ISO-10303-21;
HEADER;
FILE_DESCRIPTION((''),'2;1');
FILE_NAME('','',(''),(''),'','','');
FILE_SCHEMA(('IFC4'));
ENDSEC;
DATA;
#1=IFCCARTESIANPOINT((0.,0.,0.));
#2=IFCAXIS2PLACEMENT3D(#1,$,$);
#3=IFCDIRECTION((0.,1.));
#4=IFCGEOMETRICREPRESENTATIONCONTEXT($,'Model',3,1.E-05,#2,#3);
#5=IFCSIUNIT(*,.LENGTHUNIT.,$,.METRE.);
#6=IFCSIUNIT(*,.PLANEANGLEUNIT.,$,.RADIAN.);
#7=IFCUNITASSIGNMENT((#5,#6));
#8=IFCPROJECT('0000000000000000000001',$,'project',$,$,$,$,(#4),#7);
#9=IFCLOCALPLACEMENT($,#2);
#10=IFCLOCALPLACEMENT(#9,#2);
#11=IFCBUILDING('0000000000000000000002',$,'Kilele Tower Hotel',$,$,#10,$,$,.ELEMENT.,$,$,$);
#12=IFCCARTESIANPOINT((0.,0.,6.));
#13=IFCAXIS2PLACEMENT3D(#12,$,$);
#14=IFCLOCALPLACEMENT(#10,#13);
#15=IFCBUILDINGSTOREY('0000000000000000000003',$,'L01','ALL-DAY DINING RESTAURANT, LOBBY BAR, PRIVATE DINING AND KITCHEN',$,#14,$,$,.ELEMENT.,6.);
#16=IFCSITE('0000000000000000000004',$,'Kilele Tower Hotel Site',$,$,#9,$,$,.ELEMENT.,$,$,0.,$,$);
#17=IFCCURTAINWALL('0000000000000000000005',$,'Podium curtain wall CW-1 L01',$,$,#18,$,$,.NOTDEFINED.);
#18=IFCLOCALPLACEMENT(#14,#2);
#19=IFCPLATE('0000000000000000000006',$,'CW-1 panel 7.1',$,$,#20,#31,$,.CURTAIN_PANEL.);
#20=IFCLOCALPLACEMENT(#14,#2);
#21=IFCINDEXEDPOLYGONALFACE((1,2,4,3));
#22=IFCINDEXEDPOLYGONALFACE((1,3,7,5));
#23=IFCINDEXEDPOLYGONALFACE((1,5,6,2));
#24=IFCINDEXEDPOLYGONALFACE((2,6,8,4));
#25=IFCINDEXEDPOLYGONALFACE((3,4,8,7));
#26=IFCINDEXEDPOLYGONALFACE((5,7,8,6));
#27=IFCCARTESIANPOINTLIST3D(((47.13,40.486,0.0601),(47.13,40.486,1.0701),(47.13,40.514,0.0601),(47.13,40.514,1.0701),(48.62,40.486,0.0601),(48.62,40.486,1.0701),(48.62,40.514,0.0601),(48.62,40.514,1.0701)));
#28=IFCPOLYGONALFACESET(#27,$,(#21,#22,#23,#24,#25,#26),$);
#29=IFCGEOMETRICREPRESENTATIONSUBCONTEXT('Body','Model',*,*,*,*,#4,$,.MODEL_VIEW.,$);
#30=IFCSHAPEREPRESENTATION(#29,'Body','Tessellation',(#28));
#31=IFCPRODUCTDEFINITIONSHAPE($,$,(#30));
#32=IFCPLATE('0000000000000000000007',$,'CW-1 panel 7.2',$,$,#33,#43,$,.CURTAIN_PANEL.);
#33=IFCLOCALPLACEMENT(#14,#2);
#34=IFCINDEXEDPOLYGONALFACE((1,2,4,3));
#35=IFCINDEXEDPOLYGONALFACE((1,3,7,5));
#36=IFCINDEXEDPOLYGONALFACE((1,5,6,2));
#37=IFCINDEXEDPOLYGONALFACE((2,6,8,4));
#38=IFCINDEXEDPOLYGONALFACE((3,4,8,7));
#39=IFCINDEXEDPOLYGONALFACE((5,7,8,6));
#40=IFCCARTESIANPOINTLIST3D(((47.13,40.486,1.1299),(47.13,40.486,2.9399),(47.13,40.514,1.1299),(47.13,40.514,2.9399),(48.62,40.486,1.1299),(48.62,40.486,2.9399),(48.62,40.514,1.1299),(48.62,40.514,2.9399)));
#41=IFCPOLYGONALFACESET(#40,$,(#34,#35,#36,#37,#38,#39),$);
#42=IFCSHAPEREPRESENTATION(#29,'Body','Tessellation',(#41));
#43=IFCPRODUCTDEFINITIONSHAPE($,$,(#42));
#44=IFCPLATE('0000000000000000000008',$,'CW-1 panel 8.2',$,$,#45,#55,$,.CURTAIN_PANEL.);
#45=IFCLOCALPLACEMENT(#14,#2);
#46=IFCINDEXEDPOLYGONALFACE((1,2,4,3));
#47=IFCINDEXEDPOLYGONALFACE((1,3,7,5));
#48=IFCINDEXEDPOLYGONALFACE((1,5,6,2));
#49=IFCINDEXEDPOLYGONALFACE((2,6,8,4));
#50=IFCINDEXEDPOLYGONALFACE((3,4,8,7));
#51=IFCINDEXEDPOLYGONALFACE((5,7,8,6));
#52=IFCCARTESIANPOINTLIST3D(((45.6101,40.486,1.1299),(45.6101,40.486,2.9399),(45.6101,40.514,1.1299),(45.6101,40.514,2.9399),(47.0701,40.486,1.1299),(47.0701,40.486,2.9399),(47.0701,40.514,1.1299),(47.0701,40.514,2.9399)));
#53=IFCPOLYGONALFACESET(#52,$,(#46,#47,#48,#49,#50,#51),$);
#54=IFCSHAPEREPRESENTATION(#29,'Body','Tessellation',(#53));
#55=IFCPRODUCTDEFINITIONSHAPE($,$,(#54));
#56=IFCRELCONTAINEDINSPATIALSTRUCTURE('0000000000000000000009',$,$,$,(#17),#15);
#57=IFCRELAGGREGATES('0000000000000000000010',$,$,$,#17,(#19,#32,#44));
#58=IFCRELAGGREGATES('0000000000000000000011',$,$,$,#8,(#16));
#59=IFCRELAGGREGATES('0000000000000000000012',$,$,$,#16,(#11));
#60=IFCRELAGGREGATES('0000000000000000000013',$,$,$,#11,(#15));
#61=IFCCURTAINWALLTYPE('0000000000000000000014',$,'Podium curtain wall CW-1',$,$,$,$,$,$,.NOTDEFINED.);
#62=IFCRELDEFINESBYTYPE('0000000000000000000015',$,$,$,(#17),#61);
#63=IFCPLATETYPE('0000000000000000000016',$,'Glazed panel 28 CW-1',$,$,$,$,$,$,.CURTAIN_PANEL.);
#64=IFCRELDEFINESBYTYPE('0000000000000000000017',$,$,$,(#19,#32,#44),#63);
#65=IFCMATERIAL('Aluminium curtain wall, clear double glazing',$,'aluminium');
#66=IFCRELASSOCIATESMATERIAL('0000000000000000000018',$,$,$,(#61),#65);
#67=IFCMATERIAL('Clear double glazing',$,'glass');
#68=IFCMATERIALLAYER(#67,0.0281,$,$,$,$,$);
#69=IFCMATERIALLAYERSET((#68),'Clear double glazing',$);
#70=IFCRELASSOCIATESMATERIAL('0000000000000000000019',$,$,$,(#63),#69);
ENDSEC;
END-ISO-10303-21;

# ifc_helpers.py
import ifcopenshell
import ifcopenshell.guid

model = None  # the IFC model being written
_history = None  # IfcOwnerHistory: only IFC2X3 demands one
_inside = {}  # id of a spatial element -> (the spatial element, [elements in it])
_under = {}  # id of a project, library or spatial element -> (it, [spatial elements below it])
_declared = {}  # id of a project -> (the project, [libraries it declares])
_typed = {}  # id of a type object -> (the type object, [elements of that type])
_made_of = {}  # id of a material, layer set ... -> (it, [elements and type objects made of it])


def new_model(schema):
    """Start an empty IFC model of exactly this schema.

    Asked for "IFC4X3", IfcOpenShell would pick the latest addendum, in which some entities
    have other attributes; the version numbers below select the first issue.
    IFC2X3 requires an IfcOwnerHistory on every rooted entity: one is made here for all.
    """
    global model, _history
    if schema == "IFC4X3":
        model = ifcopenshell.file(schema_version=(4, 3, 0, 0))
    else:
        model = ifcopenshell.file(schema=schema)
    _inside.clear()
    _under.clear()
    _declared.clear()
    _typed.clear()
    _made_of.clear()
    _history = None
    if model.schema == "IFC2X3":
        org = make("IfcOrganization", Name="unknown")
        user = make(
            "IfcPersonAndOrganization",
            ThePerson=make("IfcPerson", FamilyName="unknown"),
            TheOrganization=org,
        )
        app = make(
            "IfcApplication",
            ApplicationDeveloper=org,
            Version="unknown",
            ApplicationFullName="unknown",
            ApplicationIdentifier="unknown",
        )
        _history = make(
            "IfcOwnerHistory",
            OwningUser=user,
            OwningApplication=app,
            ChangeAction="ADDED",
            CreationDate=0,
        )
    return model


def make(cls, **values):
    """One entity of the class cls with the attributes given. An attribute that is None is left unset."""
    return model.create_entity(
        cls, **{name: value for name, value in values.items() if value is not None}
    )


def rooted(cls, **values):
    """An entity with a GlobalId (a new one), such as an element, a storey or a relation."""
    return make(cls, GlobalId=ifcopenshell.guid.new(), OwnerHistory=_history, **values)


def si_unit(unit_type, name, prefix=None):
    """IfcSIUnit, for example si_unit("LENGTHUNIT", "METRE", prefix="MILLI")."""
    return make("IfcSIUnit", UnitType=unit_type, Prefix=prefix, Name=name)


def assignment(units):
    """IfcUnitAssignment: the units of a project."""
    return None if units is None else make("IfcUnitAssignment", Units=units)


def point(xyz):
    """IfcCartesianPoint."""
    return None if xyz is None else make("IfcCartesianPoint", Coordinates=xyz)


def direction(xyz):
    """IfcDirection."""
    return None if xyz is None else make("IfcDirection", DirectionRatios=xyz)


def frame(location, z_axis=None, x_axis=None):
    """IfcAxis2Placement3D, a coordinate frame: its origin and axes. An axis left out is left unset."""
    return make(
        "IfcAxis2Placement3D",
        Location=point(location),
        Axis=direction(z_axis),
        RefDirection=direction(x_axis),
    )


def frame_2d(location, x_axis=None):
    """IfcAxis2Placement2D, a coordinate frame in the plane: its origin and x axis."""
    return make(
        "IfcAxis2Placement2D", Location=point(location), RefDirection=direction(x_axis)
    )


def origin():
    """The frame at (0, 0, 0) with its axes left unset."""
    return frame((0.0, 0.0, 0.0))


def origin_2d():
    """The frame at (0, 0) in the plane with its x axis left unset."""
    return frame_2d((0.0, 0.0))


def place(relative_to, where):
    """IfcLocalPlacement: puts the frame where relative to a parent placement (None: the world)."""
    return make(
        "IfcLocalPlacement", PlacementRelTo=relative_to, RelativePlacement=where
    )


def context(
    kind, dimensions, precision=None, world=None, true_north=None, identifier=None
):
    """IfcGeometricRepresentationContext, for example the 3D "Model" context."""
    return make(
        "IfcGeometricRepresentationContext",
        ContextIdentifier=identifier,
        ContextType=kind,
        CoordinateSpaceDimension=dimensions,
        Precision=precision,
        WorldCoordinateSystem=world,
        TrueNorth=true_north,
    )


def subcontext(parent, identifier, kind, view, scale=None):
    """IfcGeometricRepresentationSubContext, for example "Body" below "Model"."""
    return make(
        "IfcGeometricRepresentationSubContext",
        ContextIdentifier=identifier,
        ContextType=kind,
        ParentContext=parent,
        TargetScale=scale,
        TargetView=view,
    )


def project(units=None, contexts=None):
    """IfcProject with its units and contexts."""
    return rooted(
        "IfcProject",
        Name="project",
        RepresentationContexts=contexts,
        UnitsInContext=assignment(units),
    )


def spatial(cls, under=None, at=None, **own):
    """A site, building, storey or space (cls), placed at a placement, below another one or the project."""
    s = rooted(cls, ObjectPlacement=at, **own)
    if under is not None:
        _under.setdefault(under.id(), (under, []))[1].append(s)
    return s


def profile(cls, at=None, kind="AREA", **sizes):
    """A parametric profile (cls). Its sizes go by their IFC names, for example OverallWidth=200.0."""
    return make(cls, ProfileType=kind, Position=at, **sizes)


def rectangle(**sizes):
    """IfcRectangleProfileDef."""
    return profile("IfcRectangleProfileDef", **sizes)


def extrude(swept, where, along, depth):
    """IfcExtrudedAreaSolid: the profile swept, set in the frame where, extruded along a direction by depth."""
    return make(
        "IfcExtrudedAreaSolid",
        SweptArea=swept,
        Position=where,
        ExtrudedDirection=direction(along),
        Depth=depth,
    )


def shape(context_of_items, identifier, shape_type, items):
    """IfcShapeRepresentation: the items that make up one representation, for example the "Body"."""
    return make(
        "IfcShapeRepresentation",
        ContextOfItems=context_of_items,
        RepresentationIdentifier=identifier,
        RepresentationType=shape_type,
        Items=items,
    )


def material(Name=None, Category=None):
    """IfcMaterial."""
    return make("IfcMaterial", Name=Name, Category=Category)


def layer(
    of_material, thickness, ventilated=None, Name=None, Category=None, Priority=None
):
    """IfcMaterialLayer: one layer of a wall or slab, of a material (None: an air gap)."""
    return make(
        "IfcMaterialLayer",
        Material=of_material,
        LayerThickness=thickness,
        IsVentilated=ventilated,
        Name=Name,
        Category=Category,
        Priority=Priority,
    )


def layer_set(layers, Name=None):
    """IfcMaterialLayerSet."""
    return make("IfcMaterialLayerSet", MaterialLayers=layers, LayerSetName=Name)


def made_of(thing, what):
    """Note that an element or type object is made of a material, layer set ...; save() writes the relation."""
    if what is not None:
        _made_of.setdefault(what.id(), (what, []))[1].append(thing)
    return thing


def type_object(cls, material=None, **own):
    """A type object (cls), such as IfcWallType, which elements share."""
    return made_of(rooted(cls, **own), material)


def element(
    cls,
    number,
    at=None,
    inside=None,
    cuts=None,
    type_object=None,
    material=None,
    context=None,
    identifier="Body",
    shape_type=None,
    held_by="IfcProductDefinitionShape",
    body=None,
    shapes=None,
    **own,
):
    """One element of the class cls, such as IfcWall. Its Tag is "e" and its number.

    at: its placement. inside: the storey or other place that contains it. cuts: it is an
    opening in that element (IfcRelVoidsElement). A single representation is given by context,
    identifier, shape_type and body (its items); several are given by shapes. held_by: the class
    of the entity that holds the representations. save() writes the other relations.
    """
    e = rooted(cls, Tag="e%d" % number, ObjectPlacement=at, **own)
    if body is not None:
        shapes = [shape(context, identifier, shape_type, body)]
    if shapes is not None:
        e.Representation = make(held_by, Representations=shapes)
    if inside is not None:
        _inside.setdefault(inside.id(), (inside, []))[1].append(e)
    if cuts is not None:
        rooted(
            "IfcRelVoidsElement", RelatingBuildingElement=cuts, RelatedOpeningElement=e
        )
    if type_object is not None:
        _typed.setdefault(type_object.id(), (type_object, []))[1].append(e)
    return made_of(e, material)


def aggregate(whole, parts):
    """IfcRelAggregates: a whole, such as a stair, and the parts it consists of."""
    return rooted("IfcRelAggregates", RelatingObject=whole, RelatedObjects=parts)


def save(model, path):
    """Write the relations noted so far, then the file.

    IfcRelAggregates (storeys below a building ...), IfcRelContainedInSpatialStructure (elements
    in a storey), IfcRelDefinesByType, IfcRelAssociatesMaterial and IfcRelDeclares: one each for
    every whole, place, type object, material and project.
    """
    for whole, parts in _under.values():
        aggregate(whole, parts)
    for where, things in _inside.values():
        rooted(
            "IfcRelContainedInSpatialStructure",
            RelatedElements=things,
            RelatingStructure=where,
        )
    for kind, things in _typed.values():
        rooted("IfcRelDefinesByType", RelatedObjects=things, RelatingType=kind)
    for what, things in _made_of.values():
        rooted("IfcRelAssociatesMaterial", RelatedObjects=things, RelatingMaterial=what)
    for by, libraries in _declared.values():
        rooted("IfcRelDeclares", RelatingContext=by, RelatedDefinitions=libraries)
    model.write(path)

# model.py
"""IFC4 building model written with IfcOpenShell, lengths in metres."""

from ifc_helpers import new_model, si_unit, direction, frame, origin, origin_2d, place, context, subcontext, project, spatial, rectangle, extrude, material, layer, layer_set, type_object, element, aggregate, save


model = new_model("IFC4")

# Units and contexts
model_context = context("Model", 3, precision=1e-05, world=origin(), true_north=direction((0.0, 1.0)))
body_context = subcontext(model_context, "Body", "Model", "MODEL_VIEW")
ifc_project = project(units=[si_unit("LENGTHUNIT", "METRE"), si_unit("PLANEANGLEUNIT", "RADIAN")], contexts=[model_context])

# Site, building, storey
site_placement = place(None, origin())
site = spatial("IfcSite", under=ifc_project, at=site_placement, Name="Kilele Tower Hotel Site", CompositionType="ELEMENT", RefElevation=0.0)
building_placement = place(site_placement, origin())
building = spatial("IfcBuilding", under=site, at=building_placement, Name="Kilele Tower Hotel", CompositionType="ELEMENT")
storey_placement = place(building_placement, frame((0.0, 0.0, 6.0)))
storey = spatial("IfcBuildingStorey", under=building, at=storey_placement, Name="L01", Description="ALL-DAY DINING RESTAURANT, LOBBY BAR, PRIVATE DINING AND KITCHEN", CompositionType="ELEMENT", Elevation=6.0)

# Curtain wall, plates
ifc_material_1 = material(Name="Aluminium curtain wall, clear double glazing", Category="aluminium")
curtain_wall_type = type_object("IfcCurtainWallType", Name="Podium curtain wall CW-1", PredefinedType="NOTDEFINED", material=ifc_material_1)
curtain_wall_placement = place(storey_placement, origin())
curtain_wall = element("IfcCurtainWall", 1, at=curtain_wall_placement, inside=storey, type_object=curtain_wall_type, Name="Podium curtain wall CW-1 L01", PredefinedType="NOTDEFINED")
ifc_material_2 = material(Name="Clear double glazing", Category="glass")
ifc_layer = layer(ifc_material_2, 0.0281)
ifc_layer_set = layer_set([ifc_layer], Name="Clear double glazing")
plate_type = type_object("IfcPlateType", Name="Glazed panel 28 CW-1", PredefinedType="CURTAIN_PANEL", material=ifc_layer_set)
plate_1_placement = place(storey_placement, frame((47.875, 40.5, 0.0601), z_axis=(0.0, 0.0, 1.0), x_axis=(-1.0, 0.0, 0.0)))
plate_1 = element("IfcPlate", 2, at=plate_1_placement, type_object=plate_type, Name="CW-1 panel 7.1", PredefinedType="CURTAIN_PANEL", context=body_context, shape_type="SweptSolid", body=[
    extrude(rectangle(XDim=1.49, YDim=0.0281, at=origin_2d()), origin(), (0.0, 0.0, 1.0), 1.01),
])
plate_2_placement = place(storey_placement, frame((47.875, 40.5, 1.1299), z_axis=(0.0, 0.0, 1.0), x_axis=(-1.0, 0.0, 0.0)))
plate_2 = element("IfcPlate", 3, at=plate_2_placement, type_object=plate_type, Name="CW-1 panel 7.2", PredefinedType="CURTAIN_PANEL", context=body_context, shape_type="SweptSolid", body=[
    extrude(rectangle(XDim=1.49, YDim=0.0281, at=origin_2d()), origin(), (0.0, 0.0, 1.0), 1.8101),
])
plate_3_placement = place(storey_placement, frame((46.3401, 40.5, 1.1299), z_axis=(0.0, 0.0, 1.0), x_axis=(-1.0, 0.0, 0.0)))
plate_3 = element("IfcPlate", 4, at=plate_3_placement, type_object=plate_type, Name="CW-1 panel 8.2", PredefinedType="CURTAIN_PANEL", context=body_context, shape_type="SweptSolid", body=[
    extrude(rectangle(XDim=1.46, YDim=0.0281, at=origin_2d()), origin(), (0.0, 0.0, 1.0), 1.8101),
])
aggregate(curtain_wall, [plate_1, plate_2, plate_3])

save(model, "model.ifc")
